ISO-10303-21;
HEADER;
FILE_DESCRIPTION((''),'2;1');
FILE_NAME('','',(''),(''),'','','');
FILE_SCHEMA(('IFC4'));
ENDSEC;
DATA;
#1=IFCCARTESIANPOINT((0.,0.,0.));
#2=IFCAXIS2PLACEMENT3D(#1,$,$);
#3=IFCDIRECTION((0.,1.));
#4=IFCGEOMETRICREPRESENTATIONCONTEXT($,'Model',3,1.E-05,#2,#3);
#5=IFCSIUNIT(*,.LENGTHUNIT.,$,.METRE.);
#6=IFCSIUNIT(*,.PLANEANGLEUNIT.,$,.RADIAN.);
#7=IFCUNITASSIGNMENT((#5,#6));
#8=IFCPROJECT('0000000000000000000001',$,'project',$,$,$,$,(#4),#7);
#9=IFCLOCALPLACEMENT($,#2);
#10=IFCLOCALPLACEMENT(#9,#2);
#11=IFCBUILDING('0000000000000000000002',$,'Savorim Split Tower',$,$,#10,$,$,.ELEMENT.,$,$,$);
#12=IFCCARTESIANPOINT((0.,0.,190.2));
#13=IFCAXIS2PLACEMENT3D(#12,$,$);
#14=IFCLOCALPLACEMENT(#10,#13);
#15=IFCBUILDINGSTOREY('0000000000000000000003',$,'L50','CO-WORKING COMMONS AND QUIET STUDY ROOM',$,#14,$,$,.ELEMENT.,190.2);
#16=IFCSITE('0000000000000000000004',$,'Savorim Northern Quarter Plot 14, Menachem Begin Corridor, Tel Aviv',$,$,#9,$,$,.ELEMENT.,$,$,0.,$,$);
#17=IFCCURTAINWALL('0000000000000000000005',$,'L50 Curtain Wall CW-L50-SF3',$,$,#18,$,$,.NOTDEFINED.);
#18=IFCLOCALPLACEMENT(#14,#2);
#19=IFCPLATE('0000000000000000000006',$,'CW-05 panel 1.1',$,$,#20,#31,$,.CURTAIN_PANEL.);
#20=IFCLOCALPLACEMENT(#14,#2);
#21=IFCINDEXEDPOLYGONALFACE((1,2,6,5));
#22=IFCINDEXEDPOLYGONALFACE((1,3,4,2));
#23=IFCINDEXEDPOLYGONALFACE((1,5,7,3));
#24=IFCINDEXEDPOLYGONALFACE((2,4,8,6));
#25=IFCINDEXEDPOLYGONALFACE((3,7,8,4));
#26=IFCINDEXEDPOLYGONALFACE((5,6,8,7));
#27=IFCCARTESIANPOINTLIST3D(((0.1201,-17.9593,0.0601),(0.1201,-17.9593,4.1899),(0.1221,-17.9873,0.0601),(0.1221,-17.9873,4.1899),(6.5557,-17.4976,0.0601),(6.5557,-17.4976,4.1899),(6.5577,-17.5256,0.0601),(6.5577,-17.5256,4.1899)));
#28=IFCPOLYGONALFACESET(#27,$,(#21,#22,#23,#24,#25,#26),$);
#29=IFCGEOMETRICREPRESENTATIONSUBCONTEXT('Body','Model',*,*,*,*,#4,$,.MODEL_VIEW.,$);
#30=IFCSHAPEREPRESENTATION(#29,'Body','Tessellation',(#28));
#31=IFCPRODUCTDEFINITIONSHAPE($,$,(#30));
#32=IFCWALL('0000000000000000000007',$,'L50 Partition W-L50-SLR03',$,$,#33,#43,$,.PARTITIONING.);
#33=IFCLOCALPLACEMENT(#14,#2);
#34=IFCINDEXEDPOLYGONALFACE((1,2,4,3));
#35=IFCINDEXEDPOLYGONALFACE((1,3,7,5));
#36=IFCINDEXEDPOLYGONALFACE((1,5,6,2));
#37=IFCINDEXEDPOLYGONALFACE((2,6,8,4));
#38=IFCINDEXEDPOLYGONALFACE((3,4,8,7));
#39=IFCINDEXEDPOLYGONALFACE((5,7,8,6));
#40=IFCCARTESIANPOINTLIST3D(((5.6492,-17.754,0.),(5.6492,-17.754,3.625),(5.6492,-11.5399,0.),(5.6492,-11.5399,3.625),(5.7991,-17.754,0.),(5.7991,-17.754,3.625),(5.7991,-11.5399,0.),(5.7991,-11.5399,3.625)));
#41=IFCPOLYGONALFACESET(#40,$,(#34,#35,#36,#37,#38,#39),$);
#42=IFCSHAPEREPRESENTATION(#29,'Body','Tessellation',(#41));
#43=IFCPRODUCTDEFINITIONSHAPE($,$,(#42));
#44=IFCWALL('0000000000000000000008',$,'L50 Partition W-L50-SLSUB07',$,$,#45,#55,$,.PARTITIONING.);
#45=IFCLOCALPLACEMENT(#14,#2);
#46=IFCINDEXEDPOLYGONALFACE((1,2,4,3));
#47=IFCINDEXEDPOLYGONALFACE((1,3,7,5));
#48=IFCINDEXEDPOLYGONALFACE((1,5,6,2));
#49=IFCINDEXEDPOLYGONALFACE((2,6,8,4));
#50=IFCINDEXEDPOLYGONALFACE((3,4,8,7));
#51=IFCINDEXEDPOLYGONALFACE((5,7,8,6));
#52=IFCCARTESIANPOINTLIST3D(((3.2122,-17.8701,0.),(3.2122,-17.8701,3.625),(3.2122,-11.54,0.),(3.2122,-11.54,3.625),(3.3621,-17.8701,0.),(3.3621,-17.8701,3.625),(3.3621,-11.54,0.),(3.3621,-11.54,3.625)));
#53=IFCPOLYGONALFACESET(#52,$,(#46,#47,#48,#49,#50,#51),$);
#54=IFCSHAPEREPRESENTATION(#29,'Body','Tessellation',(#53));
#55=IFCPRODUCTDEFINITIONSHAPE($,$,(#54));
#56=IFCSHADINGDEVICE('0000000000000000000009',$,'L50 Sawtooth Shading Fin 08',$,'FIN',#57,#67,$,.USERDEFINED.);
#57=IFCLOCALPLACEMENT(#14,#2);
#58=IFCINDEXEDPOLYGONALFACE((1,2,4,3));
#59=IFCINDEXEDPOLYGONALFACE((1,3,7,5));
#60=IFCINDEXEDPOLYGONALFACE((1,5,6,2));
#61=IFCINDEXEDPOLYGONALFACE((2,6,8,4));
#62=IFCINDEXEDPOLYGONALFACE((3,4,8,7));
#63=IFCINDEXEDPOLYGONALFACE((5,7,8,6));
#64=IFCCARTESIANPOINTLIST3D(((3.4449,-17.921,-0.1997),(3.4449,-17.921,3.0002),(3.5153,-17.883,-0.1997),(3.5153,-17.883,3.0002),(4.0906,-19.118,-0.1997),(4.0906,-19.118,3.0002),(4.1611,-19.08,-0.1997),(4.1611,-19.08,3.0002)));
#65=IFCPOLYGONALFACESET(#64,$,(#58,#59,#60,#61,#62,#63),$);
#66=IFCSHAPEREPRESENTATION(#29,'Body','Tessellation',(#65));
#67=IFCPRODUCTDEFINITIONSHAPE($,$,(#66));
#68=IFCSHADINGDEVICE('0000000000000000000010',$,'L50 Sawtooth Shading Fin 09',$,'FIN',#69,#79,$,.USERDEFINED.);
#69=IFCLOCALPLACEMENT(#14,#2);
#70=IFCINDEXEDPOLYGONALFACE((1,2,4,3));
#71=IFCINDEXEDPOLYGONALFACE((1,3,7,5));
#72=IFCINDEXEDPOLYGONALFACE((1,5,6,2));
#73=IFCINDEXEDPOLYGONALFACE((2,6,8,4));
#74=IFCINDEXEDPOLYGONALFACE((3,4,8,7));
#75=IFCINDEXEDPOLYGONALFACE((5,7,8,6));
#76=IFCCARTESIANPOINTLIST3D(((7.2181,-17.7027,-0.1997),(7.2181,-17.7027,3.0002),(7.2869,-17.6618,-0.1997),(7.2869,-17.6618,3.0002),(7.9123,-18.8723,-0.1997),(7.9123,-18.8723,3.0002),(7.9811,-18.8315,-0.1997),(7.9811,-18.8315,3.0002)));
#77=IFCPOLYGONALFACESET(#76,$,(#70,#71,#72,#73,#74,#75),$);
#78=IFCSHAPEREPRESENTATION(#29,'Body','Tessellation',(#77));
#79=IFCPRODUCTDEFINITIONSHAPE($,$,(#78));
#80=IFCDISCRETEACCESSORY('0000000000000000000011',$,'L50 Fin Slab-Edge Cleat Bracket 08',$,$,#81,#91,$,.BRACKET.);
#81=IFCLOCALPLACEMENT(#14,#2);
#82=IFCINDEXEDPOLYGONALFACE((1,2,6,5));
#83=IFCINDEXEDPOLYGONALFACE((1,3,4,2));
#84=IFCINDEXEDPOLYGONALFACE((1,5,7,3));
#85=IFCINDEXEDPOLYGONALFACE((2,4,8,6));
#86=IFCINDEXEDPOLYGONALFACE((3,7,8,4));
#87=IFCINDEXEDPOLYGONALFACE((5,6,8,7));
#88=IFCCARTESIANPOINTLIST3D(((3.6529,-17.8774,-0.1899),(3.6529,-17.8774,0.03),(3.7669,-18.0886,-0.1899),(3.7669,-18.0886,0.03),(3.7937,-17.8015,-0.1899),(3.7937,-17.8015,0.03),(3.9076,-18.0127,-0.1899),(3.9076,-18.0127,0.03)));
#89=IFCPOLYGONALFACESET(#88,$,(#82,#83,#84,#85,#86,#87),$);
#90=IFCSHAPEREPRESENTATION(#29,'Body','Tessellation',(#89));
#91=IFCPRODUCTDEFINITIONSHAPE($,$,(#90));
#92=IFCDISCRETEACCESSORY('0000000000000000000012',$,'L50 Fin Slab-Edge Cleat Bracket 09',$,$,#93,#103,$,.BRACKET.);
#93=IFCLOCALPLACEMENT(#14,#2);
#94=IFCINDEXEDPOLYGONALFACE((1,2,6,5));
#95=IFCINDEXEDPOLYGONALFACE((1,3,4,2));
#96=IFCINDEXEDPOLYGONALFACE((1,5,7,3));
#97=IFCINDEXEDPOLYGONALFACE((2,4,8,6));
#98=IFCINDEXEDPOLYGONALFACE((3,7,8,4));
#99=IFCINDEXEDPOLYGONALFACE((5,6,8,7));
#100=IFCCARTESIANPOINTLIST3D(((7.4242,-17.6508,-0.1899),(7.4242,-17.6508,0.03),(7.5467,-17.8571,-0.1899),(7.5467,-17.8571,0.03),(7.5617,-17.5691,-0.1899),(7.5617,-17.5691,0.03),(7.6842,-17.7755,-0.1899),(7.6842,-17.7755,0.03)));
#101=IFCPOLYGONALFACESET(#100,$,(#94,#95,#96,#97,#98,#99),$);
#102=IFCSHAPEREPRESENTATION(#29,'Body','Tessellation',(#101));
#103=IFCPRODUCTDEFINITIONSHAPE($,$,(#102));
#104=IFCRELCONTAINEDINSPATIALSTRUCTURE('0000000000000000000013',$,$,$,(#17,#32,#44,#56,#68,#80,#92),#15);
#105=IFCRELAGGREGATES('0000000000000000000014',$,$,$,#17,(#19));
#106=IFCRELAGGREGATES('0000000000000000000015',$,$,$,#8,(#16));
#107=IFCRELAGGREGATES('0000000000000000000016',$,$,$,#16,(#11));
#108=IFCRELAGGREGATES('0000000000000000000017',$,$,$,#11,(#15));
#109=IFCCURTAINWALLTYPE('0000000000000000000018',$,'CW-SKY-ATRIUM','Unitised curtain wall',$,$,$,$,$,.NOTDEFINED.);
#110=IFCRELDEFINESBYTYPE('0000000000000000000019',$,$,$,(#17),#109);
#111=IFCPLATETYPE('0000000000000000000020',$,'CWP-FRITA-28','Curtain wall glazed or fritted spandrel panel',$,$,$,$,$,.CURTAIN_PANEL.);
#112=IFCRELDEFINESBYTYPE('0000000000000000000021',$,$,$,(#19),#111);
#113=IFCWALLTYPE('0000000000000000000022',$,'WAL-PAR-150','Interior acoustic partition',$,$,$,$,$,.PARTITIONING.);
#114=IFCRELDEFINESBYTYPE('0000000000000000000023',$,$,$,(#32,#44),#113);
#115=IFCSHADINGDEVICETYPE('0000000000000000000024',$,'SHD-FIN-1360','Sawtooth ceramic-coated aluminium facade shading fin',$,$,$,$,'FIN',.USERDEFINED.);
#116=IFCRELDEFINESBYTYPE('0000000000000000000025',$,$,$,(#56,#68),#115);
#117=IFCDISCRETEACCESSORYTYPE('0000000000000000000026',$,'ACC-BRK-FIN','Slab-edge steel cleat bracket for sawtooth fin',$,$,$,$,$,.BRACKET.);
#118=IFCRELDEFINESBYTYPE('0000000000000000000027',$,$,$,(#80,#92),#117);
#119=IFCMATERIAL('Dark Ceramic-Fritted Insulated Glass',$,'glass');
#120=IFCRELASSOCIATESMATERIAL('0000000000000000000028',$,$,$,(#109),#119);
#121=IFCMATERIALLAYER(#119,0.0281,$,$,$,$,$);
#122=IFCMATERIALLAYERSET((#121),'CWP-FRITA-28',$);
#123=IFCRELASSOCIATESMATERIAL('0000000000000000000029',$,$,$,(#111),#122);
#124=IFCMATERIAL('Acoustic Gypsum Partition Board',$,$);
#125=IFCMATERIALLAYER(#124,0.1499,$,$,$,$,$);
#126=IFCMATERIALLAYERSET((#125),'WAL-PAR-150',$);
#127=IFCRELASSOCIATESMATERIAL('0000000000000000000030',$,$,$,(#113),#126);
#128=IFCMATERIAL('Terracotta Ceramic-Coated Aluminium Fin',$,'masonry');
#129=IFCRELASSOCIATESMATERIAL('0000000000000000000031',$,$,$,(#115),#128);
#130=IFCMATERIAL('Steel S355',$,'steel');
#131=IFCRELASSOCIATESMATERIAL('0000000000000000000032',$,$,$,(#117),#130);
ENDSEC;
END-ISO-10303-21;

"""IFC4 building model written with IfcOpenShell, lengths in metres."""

from ifc_helpers import new_model, si_unit, direction, frame, frame_2d, origin, origin_2d, place, context, subcontext, project, spatial, rectangle, extrude, material, layer, layer_set, type_object, element, aggregate, save


model = new_model("IFC4")

# Units and contexts
model_context = context("Model", 3, precision=1e-05, world=origin(), true_north=direction((0.0, 1.0)))
body_context = subcontext(model_context, "Body", "Model", "MODEL_VIEW")
ifc_project = project(units=[si_unit("LENGTHUNIT", "METRE"), si_unit("PLANEANGLEUNIT", "RADIAN")], contexts=[model_context])

# Site, building, storey
site_placement = place(None, origin())
site = spatial("IfcSite", under=ifc_project, at=site_placement, Name="Savorim Northern Quarter Plot 14, Menachem Begin Corridor, Tel Aviv", CompositionType="ELEMENT", RefElevation=0.0)
building_placement = place(site_placement, origin())
building = spatial("IfcBuilding", under=site, at=building_placement, Name="Savorim Split Tower", CompositionType="ELEMENT")
storey_placement = place(building_placement, frame((0.0, 0.0, 190.2)))
storey = spatial("IfcBuildingStorey", under=building, at=storey_placement, Name="L50", Description="CO-WORKING COMMONS AND QUIET STUDY ROOM", CompositionType="ELEMENT", Elevation=190.2)

# Shared definitions
ifc_material_1 = material(Name="Steel S355", Category="steel")

# Curtain wall, plate
ifc_material_2 = material(Name="Dark Ceramic-Fritted Insulated Glass", Category="glass")
curtain_wall_type = type_object("IfcCurtainWallType", Name="CW-SKY-ATRIUM", Description="Unitised curtain wall", PredefinedType="NOTDEFINED", material=ifc_material_2)
curtain_wall_placement = place(storey_placement, origin())
curtain_wall = element("IfcCurtainWall", 1, at=curtain_wall_placement, inside=storey, type_object=curtain_wall_type, Name="L50 Curtain Wall CW-L50-SF3", PredefinedType="NOTDEFINED")
ifc_layer_1 = layer(ifc_material_2, 0.0281)
ifc_layer_set_1 = layer_set([ifc_layer_1], Name="CWP-FRITA-28")
plate_type = type_object("IfcPlateType", Name="CWP-FRITA-28", Description="Curtain wall glazed or fritted spandrel panel", PredefinedType="CURTAIN_PANEL", material=ifc_layer_set_1)
plate_placement = place(storey_placement, frame((3.3389, -17.7424, 0.0601), z_axis=(0.0, 0.0, 1.0), x_axis=(0.997436, 0.071562, 0.0)))
plate = element("IfcPlate", 2, at=plate_placement, type_object=plate_type, Name="CW-05 panel 1.1", PredefinedType="CURTAIN_PANEL", context=body_context, shape_type="SweptSolid", body=[
    extrude(rectangle(XDim=6.4521, YDim=0.0281, at=origin_2d()), origin(), (0.0, 0.0, 1.0), 4.1299),
])
aggregate(curtain_wall, [plate])

# Walls
ifc_material_3 = material(Name="Acoustic Gypsum Partition Board")
ifc_layer_2 = layer(ifc_material_3, 0.1499)
ifc_layer_set_2 = layer_set([ifc_layer_2], Name="WAL-PAR-150")
wall_type = type_object("IfcWallType", Name="WAL-PAR-150", Description="Interior acoustic partition", PredefinedType="PARTITIONING", material=ifc_layer_set_2)
wall_1_placement = place(storey_placement, frame((5.7241, -11.54, 0.0), z_axis=(0.0, 0.0, 1.0), x_axis=(0.0, -1.0, 0.0)))
element("IfcWall", 3, at=wall_1_placement, inside=storey, type_object=wall_type, Name="L50 Partition W-L50-SLR03", PredefinedType="PARTITIONING", context=body_context, shape_type="SweptSolid", body=[
    extrude(rectangle(XDim=6.2141, YDim=0.1499, at=frame_2d((3.1069, 0.0))), origin(), (0.0, 0.0, 1.0), 3.625),
])
wall_2_placement = place(storey_placement, frame((3.2871, -11.54, 0.0), z_axis=(0.0, 0.0, 1.0), x_axis=(0.0, -1.0, 0.0)))
element("IfcWall", 4, at=wall_2_placement, inside=storey, type_object=wall_type, Name="L50 Partition W-L50-SLSUB07", PredefinedType="PARTITIONING", context=body_context, shape_type="SweptSolid", body=[
    extrude(rectangle(XDim=6.3301, YDim=0.1499, at=frame_2d((3.165, 0.0))), origin(), (0.0, 0.0, 1.0), 3.625),
])

# Shading devices
ifc_material_4 = material(Name="Terracotta Ceramic-Coated Aluminium Fin", Category="masonry")
shading_device_type = type_object("IfcShadingDeviceType", Name="SHD-FIN-1360", Description="Sawtooth ceramic-coated aluminium facade shading fin", ElementType="FIN", PredefinedType="USERDEFINED", material=ifc_material_4)
for number, where, z_axis, x_axis, name in (
    (5, (3.803, -18.5005, -0.1997), (0.0, 0.0, 1.0), (0.474778, -0.880106, 0.0), "L50 Sawtooth Shading Fin 08"),
    (6, (7.5996, -18.2671, -0.1997), (0.0, 0.0, 1.0), (0.510391, -0.859942, 0.0), "L50 Sawtooth Shading Fin 09"),
):
    element("IfcShadingDevice", number, at=place(storey_placement, frame(where, z_axis=z_axis, x_axis=x_axis)), inside=storey, type_object=shading_device_type, Name=name, ObjectType="FIN", PredefinedType="USERDEFINED", context=body_context, shape_type="SweptSolid", body=[
        extrude(rectangle(XDim=1.3601, YDim=0.0801, at=origin_2d()), origin(), (0.0, 0.0, 1.0), 3.2),
    ])

# Discrete accessories
discrete_accessory_type = type_object("IfcDiscreteAccessoryType", Name="ACC-BRK-FIN", Description="Slab-edge steel cleat bracket for sawtooth fin", PredefinedType="BRACKET", material=ifc_material_1)
for number, where, z_axis, x_axis, name in (
    (7, (3.7803, -17.9451, -0.1899), (0.0, 0.0, 1.0), (0.474778, -0.880106, 0.0), "L50 Fin Slab-Edge Cleat Bracket 08"),
    (8, (7.5542, -17.7131, -0.1899), (0.0, 0.0, 1.0), (0.510391, -0.859942, 0.0), "L50 Fin Slab-Edge Cleat Bracket 09"),
):
    element("IfcDiscreteAccessory", number, at=place(storey_placement, frame(where, z_axis=z_axis, x_axis=x_axis)), inside=storey, type_object=discrete_accessory_type, Name=name, PredefinedType="BRACKET", context=body_context, shape_type="SweptSolid", body=[
        extrude(rectangle(XDim=0.24, YDim=0.1599, at=origin_2d()), origin(), (0.0, 0.0, 1.0), 0.22),
    ])

save(model, "model.ifc")
